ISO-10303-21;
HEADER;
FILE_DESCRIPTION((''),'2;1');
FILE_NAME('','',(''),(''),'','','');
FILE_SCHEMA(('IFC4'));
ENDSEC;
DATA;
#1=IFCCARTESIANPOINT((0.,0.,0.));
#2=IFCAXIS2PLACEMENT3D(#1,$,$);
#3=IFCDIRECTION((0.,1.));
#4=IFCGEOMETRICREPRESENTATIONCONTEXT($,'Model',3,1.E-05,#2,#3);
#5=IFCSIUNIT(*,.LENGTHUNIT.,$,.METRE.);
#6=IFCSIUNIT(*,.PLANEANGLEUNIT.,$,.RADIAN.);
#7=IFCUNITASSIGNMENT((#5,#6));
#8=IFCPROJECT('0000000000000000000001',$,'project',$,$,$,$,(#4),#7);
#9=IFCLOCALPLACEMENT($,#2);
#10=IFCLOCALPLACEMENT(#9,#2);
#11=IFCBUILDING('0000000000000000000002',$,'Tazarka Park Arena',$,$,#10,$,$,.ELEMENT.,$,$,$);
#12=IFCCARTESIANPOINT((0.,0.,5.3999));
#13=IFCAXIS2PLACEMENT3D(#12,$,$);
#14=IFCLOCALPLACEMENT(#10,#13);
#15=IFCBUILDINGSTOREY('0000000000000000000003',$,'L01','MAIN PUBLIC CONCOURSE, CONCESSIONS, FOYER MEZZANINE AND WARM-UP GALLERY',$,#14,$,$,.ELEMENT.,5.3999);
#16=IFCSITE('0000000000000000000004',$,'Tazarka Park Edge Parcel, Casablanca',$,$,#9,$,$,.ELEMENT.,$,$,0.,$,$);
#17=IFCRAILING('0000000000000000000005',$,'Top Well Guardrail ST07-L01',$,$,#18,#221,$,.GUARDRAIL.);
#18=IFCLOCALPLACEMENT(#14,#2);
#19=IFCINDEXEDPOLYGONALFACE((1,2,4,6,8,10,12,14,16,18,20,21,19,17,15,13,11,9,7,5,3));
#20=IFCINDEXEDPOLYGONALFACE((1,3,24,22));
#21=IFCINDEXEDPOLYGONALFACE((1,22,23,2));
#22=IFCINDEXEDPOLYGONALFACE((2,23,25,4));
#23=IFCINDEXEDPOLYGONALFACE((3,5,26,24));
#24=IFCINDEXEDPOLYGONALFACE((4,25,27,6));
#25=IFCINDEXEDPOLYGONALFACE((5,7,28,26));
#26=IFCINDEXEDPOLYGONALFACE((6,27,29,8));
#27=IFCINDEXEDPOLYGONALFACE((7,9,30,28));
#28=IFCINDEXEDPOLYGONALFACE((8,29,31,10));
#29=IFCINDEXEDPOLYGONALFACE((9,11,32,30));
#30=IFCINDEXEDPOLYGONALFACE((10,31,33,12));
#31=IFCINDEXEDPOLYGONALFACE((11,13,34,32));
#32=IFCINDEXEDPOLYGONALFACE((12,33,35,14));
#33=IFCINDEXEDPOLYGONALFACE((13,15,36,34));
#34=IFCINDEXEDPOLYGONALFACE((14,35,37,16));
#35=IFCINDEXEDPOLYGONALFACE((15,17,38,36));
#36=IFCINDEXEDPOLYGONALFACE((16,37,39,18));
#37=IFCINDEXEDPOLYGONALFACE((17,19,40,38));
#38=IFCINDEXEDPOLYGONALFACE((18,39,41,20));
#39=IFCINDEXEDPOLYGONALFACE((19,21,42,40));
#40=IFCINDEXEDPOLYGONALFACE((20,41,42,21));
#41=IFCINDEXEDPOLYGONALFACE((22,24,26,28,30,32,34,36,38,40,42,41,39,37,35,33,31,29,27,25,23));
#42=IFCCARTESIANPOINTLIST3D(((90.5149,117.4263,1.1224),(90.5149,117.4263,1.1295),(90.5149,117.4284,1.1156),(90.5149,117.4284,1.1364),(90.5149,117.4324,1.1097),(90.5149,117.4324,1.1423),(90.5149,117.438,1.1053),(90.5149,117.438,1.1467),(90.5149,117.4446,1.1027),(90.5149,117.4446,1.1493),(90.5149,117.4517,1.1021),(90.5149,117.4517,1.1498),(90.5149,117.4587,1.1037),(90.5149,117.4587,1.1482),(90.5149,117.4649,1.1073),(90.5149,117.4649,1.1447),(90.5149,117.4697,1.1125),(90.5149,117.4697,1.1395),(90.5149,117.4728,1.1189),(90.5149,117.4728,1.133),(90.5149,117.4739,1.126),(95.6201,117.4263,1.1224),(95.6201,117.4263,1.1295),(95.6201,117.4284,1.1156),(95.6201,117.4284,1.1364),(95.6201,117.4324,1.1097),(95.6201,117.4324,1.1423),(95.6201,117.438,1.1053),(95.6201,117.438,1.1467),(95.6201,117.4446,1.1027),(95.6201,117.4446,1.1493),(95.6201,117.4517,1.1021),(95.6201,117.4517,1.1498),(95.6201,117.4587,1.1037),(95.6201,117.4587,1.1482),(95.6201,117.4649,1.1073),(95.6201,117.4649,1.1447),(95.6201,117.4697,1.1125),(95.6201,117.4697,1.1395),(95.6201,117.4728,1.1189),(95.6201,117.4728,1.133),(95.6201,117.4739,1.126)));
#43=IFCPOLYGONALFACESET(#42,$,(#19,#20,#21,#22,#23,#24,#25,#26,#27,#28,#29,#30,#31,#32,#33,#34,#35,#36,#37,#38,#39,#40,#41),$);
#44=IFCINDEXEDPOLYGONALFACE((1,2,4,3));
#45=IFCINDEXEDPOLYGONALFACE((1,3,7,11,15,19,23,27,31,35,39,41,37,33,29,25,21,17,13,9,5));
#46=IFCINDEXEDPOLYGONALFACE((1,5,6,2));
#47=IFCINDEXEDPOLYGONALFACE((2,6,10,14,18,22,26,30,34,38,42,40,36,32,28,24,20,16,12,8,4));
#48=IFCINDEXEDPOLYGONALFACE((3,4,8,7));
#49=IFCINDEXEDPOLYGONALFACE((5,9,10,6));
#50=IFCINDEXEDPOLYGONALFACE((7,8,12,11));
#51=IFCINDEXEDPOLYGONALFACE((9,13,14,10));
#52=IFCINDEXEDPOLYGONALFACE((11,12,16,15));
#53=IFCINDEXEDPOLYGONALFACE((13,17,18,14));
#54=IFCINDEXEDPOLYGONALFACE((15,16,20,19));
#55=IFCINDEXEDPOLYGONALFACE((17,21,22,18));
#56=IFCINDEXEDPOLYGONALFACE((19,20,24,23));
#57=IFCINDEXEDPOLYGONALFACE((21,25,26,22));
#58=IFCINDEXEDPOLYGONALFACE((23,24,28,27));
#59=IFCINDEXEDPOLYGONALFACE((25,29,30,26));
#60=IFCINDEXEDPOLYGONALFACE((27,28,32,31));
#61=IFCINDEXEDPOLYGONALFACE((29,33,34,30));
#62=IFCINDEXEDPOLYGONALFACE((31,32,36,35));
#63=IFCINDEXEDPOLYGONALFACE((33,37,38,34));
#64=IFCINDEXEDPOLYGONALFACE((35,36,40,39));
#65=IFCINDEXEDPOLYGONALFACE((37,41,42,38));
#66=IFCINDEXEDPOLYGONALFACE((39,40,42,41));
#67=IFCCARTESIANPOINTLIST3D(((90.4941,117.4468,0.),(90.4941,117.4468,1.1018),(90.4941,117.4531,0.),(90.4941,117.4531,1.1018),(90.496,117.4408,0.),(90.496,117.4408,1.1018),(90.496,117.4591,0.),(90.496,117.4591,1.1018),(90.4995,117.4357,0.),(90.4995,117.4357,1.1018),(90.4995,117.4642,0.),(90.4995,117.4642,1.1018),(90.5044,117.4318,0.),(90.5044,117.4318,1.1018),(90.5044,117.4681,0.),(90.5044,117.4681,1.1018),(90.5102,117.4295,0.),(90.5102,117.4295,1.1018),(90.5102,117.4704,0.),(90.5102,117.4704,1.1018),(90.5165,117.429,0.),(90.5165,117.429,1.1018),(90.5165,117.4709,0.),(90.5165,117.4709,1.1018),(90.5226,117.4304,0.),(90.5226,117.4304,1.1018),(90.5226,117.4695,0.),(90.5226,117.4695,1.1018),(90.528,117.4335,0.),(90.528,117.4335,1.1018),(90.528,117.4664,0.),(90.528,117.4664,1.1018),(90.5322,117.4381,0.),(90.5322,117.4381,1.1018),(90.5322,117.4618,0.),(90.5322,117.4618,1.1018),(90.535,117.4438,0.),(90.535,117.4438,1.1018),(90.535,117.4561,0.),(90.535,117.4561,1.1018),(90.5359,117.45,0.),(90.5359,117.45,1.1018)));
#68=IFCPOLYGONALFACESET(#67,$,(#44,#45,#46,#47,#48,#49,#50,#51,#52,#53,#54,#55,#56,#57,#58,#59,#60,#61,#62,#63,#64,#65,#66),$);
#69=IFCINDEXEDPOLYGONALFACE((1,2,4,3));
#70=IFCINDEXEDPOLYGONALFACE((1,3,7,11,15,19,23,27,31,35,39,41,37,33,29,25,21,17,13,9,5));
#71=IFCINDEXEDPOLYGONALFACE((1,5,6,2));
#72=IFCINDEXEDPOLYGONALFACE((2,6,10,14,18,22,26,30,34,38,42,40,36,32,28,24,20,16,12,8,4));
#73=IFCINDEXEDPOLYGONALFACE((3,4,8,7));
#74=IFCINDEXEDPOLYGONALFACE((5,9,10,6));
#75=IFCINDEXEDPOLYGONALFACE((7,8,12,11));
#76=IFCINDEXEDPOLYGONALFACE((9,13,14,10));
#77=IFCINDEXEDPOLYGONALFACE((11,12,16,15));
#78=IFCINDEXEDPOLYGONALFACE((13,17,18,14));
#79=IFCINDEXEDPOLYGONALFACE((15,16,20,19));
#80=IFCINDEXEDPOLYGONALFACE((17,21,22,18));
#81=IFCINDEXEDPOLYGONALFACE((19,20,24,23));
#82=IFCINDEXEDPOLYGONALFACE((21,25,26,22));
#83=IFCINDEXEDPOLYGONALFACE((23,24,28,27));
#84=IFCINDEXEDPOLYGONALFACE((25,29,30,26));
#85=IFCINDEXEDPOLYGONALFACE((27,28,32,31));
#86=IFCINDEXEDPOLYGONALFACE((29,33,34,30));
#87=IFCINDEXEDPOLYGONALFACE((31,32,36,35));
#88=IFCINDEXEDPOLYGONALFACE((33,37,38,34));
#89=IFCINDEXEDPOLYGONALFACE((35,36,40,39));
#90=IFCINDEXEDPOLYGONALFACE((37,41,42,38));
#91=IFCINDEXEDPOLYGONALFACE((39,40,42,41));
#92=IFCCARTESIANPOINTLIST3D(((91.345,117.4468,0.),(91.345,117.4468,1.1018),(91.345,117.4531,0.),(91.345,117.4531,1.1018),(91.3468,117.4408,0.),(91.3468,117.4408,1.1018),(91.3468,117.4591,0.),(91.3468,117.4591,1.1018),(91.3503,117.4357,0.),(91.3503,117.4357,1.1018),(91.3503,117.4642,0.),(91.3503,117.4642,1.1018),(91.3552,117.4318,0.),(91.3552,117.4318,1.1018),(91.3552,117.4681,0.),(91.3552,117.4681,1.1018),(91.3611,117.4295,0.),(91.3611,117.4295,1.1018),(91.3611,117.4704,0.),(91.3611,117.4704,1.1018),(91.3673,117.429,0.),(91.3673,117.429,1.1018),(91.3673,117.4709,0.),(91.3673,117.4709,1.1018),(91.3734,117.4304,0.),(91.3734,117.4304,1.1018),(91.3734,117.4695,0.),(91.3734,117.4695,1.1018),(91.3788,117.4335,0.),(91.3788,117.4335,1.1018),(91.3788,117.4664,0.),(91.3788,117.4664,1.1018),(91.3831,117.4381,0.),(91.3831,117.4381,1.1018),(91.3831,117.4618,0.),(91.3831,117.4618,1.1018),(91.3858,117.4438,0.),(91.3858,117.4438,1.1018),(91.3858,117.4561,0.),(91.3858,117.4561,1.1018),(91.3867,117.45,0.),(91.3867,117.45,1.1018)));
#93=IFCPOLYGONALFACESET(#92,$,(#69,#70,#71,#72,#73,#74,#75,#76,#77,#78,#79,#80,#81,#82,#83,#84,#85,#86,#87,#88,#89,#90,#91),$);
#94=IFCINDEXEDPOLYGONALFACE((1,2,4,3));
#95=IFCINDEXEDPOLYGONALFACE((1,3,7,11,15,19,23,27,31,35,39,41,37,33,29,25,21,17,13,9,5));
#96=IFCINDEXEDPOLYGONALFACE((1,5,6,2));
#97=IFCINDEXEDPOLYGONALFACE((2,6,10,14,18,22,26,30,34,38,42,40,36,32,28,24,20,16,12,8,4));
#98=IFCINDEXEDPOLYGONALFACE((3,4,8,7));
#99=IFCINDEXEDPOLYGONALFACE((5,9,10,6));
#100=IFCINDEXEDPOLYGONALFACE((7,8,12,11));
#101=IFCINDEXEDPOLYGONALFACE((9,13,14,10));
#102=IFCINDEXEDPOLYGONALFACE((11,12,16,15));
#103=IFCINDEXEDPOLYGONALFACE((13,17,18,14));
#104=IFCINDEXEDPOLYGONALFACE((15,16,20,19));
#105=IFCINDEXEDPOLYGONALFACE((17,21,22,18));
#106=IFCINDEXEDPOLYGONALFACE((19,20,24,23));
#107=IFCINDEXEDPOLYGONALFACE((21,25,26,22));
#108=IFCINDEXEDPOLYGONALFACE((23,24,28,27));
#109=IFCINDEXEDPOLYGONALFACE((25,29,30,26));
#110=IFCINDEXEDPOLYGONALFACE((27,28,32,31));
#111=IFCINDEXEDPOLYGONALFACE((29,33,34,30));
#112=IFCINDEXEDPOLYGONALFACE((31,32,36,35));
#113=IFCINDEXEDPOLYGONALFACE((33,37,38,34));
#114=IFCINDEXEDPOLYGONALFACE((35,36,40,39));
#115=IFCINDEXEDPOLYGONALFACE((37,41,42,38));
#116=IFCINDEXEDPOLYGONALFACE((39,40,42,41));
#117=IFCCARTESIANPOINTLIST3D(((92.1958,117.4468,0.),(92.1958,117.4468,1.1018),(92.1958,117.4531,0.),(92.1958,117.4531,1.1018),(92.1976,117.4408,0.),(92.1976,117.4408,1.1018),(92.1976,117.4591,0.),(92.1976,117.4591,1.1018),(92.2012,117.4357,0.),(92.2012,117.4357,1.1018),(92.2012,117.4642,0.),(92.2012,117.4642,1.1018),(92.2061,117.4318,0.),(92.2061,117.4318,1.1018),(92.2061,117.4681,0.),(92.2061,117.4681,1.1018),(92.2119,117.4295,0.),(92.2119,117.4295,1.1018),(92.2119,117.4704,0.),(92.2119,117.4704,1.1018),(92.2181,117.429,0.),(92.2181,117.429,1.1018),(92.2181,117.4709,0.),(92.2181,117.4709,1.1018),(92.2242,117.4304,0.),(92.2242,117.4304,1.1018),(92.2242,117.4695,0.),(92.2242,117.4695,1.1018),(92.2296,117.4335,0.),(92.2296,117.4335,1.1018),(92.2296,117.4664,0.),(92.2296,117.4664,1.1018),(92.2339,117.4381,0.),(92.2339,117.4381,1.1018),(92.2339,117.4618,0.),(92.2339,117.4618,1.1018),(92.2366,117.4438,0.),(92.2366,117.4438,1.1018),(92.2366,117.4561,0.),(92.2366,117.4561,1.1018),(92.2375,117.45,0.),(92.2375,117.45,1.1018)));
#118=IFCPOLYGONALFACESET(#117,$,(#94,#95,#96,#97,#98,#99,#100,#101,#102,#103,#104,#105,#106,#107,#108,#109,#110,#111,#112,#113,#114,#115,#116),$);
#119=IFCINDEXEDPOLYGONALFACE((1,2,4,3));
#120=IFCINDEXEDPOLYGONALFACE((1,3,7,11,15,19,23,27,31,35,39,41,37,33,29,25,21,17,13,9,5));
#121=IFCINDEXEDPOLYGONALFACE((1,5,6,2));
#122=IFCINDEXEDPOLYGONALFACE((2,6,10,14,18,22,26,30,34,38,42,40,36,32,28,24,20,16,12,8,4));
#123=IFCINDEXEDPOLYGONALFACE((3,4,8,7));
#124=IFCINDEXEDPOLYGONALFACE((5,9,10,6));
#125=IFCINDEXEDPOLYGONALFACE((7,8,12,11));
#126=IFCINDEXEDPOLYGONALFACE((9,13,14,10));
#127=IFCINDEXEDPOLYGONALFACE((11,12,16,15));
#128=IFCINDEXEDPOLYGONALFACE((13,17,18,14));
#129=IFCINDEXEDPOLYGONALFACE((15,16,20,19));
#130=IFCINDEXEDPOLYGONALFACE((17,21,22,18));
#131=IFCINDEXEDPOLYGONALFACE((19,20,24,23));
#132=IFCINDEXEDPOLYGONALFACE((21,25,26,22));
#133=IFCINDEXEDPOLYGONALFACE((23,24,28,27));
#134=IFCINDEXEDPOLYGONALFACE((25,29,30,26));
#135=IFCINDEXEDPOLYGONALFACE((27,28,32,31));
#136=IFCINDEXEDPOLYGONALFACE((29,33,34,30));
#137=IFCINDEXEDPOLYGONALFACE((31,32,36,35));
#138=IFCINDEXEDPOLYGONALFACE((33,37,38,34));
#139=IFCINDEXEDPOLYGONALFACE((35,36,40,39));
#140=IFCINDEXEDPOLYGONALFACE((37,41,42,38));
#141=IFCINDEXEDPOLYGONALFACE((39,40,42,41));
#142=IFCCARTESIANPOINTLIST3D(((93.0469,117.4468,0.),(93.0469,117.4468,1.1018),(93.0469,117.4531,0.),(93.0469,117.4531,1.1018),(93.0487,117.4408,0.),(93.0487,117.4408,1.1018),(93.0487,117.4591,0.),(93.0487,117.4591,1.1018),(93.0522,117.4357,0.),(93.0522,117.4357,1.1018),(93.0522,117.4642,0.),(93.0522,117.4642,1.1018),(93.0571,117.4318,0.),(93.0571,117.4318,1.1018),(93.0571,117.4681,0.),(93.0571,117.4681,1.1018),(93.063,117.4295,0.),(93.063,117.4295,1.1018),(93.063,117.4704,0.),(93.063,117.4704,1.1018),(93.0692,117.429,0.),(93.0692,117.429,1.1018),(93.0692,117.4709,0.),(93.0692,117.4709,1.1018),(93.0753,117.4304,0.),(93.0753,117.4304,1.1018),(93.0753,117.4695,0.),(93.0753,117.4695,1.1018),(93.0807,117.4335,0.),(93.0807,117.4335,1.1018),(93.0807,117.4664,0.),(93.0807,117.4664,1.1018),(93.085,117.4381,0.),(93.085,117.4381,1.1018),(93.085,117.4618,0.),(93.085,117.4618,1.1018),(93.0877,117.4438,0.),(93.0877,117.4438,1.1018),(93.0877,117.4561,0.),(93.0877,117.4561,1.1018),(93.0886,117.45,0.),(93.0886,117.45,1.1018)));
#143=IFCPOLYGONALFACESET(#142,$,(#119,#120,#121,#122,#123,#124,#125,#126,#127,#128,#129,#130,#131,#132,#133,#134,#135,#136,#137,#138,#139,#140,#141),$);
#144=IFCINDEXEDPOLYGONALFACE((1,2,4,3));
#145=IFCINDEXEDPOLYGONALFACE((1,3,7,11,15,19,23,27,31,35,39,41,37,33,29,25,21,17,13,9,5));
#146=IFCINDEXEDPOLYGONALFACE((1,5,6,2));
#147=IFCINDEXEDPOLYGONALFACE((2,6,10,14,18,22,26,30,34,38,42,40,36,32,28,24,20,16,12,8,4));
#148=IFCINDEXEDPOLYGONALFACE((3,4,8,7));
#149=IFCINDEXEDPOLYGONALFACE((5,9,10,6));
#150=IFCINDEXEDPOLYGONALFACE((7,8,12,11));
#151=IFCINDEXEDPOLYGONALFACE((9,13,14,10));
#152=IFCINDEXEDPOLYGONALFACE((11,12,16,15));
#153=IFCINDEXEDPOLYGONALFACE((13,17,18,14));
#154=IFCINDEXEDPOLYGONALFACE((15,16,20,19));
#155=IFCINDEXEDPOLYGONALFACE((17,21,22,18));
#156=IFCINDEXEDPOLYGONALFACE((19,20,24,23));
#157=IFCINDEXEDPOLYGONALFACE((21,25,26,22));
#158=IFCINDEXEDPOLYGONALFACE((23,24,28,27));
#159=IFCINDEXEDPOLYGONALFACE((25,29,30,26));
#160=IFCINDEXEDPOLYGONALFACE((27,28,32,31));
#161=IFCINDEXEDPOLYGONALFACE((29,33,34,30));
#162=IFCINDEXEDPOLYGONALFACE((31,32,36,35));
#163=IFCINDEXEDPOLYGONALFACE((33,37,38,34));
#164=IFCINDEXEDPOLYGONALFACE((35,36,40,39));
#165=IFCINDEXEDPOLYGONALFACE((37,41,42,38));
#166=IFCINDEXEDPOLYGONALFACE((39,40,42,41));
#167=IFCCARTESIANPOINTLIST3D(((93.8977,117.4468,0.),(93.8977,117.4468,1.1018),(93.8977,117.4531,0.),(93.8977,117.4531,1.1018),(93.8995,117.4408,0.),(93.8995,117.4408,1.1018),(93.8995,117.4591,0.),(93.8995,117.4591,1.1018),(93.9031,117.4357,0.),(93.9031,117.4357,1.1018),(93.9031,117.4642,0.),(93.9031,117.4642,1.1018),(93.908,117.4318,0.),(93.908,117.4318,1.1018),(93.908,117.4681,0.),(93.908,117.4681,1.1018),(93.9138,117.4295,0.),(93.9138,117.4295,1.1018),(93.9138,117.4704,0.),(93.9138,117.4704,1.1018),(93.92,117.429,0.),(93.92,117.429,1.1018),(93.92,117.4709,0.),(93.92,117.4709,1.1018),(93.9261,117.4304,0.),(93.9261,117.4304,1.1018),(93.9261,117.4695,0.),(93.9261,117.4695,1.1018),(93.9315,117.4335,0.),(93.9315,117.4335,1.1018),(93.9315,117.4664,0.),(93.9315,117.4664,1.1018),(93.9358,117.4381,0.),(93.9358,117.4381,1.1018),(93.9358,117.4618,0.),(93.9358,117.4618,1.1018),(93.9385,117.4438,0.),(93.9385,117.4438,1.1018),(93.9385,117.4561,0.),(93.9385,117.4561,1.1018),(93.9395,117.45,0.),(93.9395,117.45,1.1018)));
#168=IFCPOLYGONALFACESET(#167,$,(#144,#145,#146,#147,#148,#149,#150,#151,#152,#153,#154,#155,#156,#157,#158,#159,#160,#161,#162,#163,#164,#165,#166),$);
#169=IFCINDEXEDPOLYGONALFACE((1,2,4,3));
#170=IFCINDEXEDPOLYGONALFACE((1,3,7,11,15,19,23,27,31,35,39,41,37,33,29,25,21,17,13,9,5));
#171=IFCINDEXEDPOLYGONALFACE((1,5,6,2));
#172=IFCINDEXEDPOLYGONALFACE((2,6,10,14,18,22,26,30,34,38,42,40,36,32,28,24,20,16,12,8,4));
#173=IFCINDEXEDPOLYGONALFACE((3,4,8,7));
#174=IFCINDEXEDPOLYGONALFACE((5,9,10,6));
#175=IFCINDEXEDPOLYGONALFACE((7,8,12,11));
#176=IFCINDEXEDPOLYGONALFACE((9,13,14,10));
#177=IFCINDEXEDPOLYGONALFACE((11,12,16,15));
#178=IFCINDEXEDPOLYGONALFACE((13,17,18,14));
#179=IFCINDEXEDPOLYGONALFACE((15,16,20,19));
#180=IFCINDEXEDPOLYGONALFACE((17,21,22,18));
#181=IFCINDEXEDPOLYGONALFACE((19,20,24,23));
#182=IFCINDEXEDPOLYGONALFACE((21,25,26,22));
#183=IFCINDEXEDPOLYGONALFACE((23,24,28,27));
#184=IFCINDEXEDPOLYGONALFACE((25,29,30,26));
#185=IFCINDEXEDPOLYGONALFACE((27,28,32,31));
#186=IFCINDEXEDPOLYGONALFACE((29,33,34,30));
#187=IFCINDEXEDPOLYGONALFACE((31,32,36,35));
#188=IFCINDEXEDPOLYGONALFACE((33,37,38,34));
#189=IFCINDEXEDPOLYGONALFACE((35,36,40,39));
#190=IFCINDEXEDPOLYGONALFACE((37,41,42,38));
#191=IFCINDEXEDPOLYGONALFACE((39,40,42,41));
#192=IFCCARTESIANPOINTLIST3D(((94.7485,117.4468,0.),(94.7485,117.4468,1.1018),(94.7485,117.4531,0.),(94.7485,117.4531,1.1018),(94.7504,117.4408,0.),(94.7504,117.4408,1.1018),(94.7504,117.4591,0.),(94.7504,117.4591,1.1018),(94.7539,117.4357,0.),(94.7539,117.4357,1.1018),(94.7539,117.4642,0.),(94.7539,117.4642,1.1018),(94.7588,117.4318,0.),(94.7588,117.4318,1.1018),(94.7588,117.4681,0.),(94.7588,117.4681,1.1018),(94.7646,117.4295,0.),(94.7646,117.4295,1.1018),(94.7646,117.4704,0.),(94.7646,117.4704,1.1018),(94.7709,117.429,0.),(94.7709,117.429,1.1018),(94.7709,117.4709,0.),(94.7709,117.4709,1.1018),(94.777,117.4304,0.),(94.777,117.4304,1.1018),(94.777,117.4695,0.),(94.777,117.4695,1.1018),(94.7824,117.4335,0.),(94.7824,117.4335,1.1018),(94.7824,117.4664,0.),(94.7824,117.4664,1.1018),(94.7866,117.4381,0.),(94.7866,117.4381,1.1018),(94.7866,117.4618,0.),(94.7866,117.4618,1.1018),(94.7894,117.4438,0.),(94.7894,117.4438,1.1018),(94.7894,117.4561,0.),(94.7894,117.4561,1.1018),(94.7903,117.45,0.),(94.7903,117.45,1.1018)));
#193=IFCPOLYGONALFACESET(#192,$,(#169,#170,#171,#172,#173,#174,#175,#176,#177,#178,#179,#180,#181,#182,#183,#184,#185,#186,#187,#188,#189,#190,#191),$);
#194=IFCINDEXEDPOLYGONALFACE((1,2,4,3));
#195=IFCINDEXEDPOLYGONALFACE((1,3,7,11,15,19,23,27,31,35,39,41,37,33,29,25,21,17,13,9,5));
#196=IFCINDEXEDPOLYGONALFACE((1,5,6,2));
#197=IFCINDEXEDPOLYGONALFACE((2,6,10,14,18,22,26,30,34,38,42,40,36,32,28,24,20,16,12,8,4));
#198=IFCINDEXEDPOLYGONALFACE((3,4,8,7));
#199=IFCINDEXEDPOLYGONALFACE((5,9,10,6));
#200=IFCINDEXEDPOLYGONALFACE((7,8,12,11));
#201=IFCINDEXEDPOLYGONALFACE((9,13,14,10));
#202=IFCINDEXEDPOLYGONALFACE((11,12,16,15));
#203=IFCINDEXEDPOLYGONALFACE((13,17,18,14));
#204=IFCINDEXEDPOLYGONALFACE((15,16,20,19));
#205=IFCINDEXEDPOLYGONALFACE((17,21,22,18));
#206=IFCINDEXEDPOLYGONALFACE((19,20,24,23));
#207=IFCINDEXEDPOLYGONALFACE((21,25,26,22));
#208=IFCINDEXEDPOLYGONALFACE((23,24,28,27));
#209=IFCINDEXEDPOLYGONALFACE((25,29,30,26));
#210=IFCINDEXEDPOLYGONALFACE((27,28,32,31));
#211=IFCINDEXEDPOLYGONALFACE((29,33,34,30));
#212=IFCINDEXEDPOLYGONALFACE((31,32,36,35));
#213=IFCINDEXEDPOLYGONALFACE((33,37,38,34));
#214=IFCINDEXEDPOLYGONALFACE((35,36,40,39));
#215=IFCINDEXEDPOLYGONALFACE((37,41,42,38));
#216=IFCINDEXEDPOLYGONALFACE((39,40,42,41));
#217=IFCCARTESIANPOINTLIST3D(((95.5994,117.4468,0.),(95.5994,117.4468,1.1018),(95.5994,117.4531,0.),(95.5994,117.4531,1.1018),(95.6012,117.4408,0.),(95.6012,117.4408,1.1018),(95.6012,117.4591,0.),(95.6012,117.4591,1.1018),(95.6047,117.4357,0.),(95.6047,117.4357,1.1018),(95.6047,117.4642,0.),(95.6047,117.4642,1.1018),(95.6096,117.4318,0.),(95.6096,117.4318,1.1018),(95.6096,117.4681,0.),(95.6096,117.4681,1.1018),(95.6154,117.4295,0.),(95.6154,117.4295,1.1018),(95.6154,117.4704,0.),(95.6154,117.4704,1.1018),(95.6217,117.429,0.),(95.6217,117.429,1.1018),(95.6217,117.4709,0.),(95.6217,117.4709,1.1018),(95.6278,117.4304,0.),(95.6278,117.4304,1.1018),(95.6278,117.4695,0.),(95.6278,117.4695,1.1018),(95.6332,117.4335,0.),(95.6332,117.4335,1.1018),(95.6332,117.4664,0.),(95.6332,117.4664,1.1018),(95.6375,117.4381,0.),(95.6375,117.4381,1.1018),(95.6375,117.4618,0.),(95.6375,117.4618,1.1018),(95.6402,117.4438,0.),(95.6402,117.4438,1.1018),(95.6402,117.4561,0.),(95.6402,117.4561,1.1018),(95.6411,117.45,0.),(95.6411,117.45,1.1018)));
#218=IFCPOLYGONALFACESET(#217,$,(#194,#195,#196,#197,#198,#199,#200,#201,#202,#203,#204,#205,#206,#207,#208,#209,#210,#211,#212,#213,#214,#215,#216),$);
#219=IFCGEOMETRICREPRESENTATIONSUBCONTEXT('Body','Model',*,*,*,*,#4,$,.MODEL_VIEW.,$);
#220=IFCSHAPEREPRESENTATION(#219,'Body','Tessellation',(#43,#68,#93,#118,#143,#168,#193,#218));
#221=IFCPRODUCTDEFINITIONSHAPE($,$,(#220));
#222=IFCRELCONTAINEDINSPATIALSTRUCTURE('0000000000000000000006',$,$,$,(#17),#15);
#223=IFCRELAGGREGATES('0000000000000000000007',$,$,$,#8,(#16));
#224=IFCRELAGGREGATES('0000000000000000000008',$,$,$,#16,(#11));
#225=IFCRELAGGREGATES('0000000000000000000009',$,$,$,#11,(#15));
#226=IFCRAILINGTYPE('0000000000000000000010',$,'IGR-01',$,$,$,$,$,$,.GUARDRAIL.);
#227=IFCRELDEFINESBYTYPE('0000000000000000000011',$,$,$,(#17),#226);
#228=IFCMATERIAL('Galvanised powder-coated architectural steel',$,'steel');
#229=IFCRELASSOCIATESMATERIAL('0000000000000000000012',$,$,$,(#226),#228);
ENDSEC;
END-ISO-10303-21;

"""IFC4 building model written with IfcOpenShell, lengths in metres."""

from ifc_helpers import new_model, si_unit, direction, frame, origin, origin_2d, place, context, subcontext, project, spatial, circle, extrude, material, type_object, element, save


model = new_model("IFC4")

# Units and contexts
model_context = context("Model", 3, precision=1e-05, world=origin(), true_north=direction((0.0, 1.0)))
body_context = subcontext(model_context, "Body", "Model", "MODEL_VIEW")
ifc_project = project(units=[si_unit("LENGTHUNIT", "METRE"), si_unit("PLANEANGLEUNIT", "RADIAN")], contexts=[model_context])

# Site, building, storey
site_placement = place(None, origin())
site = spatial("IfcSite", under=ifc_project, at=site_placement, Name="Tazarka Park Edge Parcel, Casablanca", CompositionType="ELEMENT", RefElevation=0.0)
building_placement = place(site_placement, origin())
building = spatial("IfcBuilding", under=site, at=building_placement, Name="Tazarka Park Arena", CompositionType="ELEMENT")
storey_placement = place(building_placement, frame((0.0, 0.0, 5.3999)))
storey = spatial("IfcBuildingStorey", under=building, at=storey_placement, Name="L01", Description="MAIN PUBLIC CONCOURSE, CONCESSIONS, FOYER MEZZANINE AND WARM-UP GALLERY", CompositionType="ELEMENT", Elevation=5.3999)

# Railing
ifc_material_1 = material(Name="Galvanised powder-coated architectural steel", Category="steel")
railing_type = type_object("IfcRailingType", Name="IGR-01", PredefinedType="GUARDRAIL", material=ifc_material_1)
railing_1_placement = place(storey_placement, frame((90.5149, 117.45, 0.0)))
element("IfcRailing", 1, at=railing_1_placement, inside=storey, type_object=railing_type, Name="Top Well Guardrail ST07-L01", PredefinedType="GUARDRAIL", context=body_context, shape_type="SweptSolid", body=[
    extrude(circle(Radius=0.0239, at=origin_2d()), frame((0.0, 0.0, 1.126), z_axis=(1.0, 0.0, 0.0), x_axis=(0.0, 1.0, 0.0)), (0.0, 0.0, 1.0), 5.1052),
    extrude(circle(Radius=0.021, at=origin_2d()), origin(), (0.0, 0.0, 1.0), 1.1018),
    extrude(circle(Radius=0.021, at=origin_2d()), frame((0.8508, 0.0, 0.0)), (0.0, 0.0, 1.0), 1.1018),
    extrude(circle(Radius=0.021, at=origin_2d()), frame((1.7017, 0.0, 0.0)), (0.0, 0.0, 1.0), 1.1018),
    extrude(circle(Radius=0.021, at=origin_2d()), frame((2.5527, 0.0, 0.0)), (0.0, 0.0, 1.0), 1.1018),
    extrude(circle(Radius=0.021, at=origin_2d()), frame((3.4036, 0.0, 0.0)), (0.0, 0.0, 1.0), 1.1018),
    extrude(circle(Radius=0.021, at=origin_2d()), frame((4.2544, 0.0, 0.0)), (0.0, 0.0, 1.0), 1.1018),
    extrude(circle(Radius=0.021, at=origin_2d()), frame((5.1052, 0.0, 0.0)), (0.0, 0.0, 1.0), 1.1018),
])

save(model, "model.ifc")
